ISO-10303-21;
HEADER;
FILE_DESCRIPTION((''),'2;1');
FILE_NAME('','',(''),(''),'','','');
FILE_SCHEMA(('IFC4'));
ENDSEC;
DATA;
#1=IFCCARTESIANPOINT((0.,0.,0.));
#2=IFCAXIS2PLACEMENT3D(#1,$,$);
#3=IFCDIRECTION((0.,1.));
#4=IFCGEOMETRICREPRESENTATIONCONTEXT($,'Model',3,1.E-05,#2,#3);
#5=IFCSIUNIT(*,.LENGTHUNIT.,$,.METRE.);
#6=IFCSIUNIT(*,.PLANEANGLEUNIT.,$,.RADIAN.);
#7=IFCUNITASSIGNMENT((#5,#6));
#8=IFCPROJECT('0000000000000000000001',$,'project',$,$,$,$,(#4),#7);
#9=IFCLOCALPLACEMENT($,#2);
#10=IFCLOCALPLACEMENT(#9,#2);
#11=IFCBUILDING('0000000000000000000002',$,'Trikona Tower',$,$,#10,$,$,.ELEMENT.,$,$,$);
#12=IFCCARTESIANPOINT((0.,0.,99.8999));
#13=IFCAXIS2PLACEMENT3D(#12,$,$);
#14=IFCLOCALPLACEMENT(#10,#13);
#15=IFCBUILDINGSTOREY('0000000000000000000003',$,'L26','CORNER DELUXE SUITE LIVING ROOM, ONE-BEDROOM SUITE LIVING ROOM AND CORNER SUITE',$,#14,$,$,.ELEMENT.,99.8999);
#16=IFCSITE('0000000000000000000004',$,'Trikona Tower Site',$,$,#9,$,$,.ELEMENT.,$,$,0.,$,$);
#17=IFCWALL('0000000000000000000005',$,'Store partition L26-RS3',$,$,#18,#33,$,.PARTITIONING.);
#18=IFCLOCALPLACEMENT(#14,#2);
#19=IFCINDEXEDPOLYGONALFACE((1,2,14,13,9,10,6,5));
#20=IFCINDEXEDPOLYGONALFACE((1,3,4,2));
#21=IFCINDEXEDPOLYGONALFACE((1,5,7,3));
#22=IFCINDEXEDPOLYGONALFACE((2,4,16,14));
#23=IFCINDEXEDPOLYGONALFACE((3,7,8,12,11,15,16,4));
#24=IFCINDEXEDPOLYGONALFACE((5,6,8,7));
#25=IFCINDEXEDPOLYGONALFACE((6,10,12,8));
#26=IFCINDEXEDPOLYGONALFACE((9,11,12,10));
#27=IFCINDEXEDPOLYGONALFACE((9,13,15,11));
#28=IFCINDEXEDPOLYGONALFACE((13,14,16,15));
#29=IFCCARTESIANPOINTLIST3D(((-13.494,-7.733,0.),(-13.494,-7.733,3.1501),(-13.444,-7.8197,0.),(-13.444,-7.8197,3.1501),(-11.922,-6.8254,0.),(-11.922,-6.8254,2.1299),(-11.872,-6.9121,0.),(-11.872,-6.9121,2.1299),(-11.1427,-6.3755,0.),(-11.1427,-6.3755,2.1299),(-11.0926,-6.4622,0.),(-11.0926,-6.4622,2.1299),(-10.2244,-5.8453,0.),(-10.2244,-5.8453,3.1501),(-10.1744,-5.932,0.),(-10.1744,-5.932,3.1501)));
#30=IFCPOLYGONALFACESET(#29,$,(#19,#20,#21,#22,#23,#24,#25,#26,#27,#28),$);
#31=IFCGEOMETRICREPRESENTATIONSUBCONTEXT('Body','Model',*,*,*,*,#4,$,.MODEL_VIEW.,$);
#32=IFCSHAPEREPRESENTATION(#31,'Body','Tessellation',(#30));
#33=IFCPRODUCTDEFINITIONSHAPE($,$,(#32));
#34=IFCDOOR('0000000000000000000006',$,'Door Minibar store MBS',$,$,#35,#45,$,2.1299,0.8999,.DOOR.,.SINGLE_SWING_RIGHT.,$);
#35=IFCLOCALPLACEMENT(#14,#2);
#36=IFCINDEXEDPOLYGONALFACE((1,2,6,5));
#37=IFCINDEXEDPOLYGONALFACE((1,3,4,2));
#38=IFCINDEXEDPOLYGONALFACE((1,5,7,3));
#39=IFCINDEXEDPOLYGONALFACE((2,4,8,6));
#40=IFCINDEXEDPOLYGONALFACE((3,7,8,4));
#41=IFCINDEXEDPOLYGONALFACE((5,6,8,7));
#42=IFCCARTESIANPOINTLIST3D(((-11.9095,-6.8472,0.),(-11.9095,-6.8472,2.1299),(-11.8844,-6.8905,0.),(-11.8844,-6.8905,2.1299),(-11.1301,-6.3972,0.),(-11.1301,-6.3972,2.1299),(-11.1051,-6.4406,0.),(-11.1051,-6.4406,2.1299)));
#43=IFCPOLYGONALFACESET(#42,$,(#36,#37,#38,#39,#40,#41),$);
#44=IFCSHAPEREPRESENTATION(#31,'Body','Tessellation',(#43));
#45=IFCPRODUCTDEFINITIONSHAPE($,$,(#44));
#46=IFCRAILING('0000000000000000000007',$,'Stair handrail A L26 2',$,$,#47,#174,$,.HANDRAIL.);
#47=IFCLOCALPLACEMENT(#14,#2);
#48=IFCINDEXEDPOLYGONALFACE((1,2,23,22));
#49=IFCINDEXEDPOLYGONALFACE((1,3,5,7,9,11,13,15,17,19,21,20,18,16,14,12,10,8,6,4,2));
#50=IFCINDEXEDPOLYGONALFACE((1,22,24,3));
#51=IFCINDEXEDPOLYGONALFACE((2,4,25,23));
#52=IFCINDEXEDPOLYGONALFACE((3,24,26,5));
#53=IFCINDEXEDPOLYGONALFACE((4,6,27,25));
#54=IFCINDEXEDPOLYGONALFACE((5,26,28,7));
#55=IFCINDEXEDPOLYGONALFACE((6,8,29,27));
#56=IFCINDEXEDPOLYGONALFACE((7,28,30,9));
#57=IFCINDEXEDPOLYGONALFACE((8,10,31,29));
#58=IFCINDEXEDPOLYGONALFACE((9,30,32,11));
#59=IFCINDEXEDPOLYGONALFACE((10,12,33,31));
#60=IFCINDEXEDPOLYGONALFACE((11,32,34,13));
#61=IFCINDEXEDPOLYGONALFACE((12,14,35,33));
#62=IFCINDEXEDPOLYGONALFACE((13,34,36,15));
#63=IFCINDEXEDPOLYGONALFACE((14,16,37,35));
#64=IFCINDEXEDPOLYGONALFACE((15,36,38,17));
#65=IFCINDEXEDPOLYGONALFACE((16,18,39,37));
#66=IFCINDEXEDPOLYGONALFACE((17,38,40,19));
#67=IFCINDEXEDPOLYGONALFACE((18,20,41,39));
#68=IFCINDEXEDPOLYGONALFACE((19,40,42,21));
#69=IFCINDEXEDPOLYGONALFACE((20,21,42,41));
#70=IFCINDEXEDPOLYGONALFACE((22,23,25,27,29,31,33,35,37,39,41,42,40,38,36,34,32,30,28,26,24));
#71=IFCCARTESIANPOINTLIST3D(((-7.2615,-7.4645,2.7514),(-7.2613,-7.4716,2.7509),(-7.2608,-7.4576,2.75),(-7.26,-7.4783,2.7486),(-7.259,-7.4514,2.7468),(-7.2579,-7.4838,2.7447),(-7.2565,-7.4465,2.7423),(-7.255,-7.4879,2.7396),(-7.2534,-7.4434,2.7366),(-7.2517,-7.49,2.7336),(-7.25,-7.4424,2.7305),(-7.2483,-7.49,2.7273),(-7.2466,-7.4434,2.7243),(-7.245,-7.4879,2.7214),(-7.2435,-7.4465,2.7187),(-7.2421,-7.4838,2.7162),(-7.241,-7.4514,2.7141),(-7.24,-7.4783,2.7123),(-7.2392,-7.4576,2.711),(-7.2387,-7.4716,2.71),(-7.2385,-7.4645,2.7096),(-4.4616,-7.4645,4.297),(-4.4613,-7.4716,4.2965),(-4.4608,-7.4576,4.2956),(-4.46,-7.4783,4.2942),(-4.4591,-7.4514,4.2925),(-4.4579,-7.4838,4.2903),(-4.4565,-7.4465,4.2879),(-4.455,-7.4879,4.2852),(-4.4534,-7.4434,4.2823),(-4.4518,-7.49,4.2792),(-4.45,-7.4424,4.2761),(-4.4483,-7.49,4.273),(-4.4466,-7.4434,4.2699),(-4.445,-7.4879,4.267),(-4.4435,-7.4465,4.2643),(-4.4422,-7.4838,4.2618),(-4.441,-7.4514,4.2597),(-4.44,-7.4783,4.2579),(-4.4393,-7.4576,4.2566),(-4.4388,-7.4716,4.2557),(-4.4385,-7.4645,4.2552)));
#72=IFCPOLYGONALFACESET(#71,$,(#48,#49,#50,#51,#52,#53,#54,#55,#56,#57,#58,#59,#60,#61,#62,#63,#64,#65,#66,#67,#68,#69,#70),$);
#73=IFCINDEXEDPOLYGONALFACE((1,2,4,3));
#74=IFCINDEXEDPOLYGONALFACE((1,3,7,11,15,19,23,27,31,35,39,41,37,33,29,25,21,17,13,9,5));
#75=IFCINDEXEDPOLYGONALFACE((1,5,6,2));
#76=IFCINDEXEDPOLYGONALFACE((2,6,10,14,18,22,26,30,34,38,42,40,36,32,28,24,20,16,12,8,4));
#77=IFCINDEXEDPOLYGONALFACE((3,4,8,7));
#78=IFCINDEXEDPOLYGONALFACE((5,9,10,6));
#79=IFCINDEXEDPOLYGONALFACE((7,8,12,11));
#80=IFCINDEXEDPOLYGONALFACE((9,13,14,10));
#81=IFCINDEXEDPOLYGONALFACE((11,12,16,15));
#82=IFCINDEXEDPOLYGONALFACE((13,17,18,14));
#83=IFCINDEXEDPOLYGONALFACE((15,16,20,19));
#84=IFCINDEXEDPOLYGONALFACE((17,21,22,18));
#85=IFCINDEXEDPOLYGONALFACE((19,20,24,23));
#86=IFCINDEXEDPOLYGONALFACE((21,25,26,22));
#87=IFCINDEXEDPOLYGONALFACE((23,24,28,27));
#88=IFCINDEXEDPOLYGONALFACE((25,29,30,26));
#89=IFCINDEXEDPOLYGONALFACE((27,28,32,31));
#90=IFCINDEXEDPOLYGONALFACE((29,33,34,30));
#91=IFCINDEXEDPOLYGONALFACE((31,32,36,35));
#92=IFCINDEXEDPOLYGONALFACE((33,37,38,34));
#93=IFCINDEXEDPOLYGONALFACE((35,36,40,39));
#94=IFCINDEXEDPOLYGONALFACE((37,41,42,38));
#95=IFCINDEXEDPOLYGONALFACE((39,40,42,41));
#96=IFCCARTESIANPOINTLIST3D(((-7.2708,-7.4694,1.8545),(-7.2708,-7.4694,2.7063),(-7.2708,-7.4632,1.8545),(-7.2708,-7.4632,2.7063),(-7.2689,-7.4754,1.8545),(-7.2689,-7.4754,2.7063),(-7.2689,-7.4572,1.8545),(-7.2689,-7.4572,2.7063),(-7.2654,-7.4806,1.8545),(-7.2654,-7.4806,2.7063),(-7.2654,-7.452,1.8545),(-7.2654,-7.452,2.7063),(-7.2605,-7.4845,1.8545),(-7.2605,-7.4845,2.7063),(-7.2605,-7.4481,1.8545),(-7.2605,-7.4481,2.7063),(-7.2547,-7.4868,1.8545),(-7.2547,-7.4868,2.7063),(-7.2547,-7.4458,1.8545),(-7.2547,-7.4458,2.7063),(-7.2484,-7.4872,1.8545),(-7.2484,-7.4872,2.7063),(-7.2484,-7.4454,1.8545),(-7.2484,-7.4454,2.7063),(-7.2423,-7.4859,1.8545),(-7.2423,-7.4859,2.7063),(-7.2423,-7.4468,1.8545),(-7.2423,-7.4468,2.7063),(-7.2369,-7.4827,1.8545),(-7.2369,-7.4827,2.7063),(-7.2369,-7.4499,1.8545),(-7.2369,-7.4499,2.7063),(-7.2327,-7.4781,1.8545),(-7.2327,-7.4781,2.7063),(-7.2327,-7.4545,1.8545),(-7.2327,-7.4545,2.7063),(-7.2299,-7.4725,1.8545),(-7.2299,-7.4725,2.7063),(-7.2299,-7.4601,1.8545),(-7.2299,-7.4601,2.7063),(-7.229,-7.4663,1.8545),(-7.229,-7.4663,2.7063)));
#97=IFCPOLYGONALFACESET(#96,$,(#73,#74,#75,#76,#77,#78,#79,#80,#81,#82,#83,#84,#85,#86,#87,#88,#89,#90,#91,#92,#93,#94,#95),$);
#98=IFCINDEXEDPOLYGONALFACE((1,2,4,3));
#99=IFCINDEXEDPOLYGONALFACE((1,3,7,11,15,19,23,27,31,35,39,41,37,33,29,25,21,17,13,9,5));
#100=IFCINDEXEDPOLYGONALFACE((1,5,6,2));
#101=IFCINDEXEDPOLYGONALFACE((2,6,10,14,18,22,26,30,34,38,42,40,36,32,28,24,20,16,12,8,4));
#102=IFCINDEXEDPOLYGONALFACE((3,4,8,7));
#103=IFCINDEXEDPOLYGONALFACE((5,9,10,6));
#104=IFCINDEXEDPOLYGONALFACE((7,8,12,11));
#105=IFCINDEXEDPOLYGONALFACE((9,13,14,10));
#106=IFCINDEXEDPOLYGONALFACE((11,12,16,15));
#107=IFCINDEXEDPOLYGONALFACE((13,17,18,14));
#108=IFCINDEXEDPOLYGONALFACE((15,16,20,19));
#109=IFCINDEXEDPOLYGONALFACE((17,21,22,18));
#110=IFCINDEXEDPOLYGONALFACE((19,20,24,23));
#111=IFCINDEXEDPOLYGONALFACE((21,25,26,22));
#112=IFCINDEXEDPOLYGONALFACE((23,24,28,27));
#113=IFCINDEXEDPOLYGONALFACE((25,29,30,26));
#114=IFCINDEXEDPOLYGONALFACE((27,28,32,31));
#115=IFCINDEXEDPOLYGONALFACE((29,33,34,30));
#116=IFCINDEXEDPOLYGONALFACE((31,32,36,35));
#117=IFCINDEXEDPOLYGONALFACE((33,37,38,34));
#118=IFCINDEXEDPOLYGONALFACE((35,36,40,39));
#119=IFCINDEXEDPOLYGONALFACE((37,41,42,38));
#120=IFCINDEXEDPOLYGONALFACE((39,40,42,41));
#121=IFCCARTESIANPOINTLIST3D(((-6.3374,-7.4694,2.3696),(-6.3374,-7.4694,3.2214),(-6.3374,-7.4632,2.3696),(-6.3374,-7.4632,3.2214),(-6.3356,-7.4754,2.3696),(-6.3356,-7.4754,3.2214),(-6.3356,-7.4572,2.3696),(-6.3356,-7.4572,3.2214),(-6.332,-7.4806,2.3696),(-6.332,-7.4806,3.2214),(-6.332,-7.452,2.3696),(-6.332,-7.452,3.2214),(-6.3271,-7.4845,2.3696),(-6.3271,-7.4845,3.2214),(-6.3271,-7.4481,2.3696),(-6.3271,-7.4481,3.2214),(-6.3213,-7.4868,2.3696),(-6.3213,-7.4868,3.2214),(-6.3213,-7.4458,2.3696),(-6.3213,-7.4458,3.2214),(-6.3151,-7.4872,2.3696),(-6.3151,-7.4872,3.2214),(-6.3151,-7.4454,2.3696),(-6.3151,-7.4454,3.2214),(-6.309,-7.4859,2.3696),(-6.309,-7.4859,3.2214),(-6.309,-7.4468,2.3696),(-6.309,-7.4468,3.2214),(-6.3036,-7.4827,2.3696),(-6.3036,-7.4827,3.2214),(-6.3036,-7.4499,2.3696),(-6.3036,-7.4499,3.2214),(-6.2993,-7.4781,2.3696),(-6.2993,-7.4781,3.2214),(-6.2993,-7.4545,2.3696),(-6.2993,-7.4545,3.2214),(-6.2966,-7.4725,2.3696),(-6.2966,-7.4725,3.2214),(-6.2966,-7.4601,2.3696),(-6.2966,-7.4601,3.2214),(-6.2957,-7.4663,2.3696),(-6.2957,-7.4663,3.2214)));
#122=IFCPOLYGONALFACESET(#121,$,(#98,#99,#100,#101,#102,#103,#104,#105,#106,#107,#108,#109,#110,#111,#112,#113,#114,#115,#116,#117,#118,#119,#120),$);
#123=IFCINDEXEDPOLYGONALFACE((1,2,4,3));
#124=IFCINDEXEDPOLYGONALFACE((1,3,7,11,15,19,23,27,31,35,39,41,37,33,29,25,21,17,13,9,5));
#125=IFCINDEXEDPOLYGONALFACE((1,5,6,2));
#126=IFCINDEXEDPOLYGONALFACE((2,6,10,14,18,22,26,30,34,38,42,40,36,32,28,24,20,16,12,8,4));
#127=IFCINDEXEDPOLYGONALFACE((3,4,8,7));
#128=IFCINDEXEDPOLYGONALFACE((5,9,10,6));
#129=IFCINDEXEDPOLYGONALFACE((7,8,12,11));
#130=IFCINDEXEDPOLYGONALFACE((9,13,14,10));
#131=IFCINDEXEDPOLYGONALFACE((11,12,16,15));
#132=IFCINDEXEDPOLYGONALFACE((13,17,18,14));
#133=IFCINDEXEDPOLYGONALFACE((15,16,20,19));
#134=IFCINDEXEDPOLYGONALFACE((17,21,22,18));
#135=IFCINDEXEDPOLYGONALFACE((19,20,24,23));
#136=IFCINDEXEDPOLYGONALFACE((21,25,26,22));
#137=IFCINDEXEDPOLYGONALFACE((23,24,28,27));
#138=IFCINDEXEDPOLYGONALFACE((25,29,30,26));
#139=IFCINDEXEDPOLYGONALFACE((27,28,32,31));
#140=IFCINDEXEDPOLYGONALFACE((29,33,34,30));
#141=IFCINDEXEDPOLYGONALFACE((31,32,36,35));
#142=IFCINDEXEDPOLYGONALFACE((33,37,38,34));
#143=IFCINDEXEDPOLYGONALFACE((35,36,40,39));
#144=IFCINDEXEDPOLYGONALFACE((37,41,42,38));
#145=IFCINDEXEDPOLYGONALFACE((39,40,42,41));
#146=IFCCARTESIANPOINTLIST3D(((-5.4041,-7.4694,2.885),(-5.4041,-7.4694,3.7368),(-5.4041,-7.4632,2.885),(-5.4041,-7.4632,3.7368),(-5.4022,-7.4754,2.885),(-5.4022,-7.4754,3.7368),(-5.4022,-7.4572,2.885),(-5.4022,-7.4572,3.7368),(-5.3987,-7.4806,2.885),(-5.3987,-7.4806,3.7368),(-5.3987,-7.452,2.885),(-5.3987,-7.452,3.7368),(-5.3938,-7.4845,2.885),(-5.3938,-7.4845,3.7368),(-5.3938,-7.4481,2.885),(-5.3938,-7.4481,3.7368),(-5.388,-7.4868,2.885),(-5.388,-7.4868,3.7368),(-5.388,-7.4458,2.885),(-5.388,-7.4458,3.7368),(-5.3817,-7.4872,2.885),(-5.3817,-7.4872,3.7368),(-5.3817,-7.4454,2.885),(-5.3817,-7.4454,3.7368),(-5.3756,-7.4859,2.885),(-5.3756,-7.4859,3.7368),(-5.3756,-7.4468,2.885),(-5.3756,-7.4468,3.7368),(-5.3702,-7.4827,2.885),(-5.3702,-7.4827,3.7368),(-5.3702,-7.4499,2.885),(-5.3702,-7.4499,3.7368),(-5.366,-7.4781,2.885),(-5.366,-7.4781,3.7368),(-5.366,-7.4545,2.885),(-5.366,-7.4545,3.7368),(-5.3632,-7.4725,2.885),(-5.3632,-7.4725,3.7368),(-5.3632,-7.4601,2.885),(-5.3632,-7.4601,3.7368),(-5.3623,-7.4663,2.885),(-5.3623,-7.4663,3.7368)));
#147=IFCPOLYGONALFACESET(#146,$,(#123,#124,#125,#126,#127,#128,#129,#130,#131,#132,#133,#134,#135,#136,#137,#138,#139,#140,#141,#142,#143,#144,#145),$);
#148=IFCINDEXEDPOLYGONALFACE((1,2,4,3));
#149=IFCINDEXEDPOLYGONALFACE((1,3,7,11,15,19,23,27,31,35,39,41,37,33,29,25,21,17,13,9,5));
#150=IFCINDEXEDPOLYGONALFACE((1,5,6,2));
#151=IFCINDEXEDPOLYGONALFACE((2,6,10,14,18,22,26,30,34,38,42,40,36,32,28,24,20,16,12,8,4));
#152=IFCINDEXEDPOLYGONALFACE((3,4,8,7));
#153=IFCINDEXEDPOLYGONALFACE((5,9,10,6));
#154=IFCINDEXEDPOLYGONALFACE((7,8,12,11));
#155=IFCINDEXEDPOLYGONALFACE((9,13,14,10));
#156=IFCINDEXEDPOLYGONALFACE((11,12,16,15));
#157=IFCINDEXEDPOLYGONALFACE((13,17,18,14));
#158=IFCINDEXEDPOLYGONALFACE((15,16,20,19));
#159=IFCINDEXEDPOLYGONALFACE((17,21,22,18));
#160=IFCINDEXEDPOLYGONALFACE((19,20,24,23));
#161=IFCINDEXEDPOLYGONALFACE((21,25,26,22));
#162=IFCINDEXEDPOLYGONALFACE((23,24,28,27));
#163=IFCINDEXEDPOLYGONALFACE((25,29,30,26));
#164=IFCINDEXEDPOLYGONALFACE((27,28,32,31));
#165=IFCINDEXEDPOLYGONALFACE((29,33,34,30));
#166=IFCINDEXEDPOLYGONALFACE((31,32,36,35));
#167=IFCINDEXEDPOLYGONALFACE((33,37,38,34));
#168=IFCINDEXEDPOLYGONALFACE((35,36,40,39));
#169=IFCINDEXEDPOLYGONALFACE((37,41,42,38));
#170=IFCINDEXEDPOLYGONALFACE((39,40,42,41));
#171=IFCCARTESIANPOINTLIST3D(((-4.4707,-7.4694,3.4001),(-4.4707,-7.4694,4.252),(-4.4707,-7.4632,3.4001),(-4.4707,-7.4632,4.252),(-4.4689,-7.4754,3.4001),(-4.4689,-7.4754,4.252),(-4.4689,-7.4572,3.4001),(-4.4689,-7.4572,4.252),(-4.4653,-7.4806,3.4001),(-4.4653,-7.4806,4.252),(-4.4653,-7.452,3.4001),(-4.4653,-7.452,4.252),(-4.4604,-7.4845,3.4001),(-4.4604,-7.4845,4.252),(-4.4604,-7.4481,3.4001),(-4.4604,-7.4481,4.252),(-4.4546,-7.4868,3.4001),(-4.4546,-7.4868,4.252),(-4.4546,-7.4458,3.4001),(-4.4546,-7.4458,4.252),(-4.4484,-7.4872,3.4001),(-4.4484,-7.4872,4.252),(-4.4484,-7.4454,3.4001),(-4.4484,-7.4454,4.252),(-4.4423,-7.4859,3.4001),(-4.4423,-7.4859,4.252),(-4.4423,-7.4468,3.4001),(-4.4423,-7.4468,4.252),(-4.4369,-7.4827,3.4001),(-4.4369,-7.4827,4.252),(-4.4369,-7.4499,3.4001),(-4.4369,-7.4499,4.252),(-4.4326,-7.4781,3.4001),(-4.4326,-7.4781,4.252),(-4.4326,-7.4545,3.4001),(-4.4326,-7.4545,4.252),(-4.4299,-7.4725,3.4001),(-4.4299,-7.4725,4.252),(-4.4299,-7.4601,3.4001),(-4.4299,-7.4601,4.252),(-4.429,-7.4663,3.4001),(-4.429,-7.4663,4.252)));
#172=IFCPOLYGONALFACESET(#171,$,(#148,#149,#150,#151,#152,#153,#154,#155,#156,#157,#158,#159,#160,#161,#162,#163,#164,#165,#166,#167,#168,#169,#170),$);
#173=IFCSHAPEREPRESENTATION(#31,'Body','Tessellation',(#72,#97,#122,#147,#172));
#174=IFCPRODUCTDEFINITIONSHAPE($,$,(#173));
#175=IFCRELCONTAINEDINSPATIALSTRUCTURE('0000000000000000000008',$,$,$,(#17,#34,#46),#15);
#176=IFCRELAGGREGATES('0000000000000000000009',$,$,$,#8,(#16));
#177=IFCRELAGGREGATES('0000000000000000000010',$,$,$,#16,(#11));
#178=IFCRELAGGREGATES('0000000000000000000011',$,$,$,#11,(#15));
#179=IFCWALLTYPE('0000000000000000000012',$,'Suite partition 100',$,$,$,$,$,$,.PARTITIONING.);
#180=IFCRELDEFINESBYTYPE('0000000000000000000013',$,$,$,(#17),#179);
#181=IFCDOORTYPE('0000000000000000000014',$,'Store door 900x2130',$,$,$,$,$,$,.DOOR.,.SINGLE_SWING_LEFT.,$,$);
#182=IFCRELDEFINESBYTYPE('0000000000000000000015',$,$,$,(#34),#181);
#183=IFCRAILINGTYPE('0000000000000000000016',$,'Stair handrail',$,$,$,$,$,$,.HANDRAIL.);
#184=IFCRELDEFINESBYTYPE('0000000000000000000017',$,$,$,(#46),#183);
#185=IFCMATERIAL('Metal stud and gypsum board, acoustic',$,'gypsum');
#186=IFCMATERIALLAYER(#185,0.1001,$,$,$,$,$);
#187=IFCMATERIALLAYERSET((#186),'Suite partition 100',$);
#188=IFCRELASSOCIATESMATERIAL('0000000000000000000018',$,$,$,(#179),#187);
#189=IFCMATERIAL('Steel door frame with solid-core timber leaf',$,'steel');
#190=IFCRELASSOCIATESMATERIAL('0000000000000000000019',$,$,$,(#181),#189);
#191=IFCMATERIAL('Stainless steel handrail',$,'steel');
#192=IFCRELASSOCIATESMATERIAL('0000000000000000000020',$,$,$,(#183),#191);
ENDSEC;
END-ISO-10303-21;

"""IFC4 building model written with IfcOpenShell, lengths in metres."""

from ifc_helpers import new_model, si_unit, direction, frame, frame_2d, origin, origin_2d, place, context, subcontext, project, spatial, rectangle, circle, extrude, material, layer, layer_set, type_object, element, fill, save


model = new_model("IFC4")

# Units and contexts
model_context = context("Model", 3, precision=1e-05, world=origin(), true_north=direction((0.0, 1.0)))
body_context = subcontext(model_context, "Body", "Model", "MODEL_VIEW")
ifc_project = project(units=[si_unit("LENGTHUNIT", "METRE"), si_unit("PLANEANGLEUNIT", "RADIAN")], contexts=[model_context])

# Site, building, storey
site_placement = place(None, origin())
site = spatial("IfcSite", under=ifc_project, at=site_placement, Name="Trikona Tower Site", CompositionType="ELEMENT", RefElevation=0.0)
building_placement = place(site_placement, origin())
building = spatial("IfcBuilding", under=site, at=building_placement, Name="Trikona Tower", CompositionType="ELEMENT")
storey_placement = place(building_placement, frame((0.0, 0.0, 99.8999)))
storey = spatial("IfcBuildingStorey", under=building, at=storey_placement, Name="L26", Description="CORNER DELUXE SUITE LIVING ROOM, ONE-BEDROOM SUITE LIVING ROOM AND CORNER SUITE", CompositionType="ELEMENT", Elevation=99.8999)

# Wall, opening, door
ifc_material_1 = material(Name="Metal stud and gypsum board, acoustic", Category="gypsum")
ifc_layer_1 = layer(ifc_material_1, 0.1001)
ifc_layer_set_1 = layer_set([ifc_layer_1], Name="Suite partition 100")
wall_type_1 = type_object("IfcWallType", Name="Suite partition 100", PredefinedType="PARTITIONING", material=ifc_layer_set_1)
wall_1_placement = place(storey_placement, frame((-13.469, -7.7764, 0.0), z_axis=(0.0, 0.0, 1.0), x_axis=(0.866022, 0.500006, 0.0)))
wall_1 = element("IfcWall", 1, at=wall_1_placement, inside=storey, type_object=wall_type_1, Name="Store partition L26-RS3", PredefinedType="PARTITIONING", context=body_context, shape_type="SweptSolid", body=[
    extrude(rectangle(XDim=3.7754, YDim=0.1001, at=frame_2d((1.8877, 0.0))), origin(), (0.0, 0.0, 1.0), 3.1501),
])
opening_1_placement = place(wall_1_placement, frame((1.8152, 0.0, 0.0)))
opening_1 = element("IfcOpeningElement", 2, at=opening_1_placement, cuts=wall_1, PredefinedType="OPENING", context=body_context, shape_type="SweptSolid", body=[
    extrude(rectangle(XDim=0.8999, YDim=2.1299, at=frame_2d((0.45, 1.0649))), frame((0.0, 0.0601, 0.0), z_axis=(0.0, -1.0, 0.0), x_axis=(1.0, 0.0, 0.0)), (0.0, 0.0, 1.0), 0.1201),
])
ifc_material_2 = material(Name="Steel door frame with solid-core timber leaf", Category="steel")
door_type_1 = type_object("IfcDoorType", Name="Store door 900x2130", OperationType="SINGLE_SWING_LEFT", PredefinedType="DOOR", material=ifc_material_2)
door_1_placement = place(opening_1_placement, origin())
door_1 = element("IfcDoor", 3, at=door_1_placement, inside=storey, type_object=door_type_1, Name="Door Minibar store MBS", OperationType="SINGLE_SWING_RIGHT", OverallHeight=2.1299, OverallWidth=0.8999, PredefinedType="DOOR", context=body_context, shape_type="SweptSolid", body=[
    extrude(rectangle(XDim=0.8999, YDim=2.1299, at=frame_2d((0.45, 1.0649))), frame((0.0, 0.0249, 0.0), z_axis=(0.0, -1.0, 0.0), x_axis=(1.0, 0.0, 0.0)), (0.0, 0.0, 1.0), 0.05),
])
fill(opening_1, door_1)

# Railing
ifc_material_3 = material(Name="Stainless steel handrail", Category="steel")
railing_type = type_object("IfcRailingType", Name="Stair handrail", PredefinedType="HANDRAIL", material=ifc_material_3)
railing_placement = place(storey_placement, frame((-7.25, -7.4663, 1.8545)))
element("IfcRailing", 4, at=railing_placement, inside=storey, type_object=railing_type, Name="Stair handrail A L26 2", PredefinedType="HANDRAIL", context=body_context, shape_type="SweptSolid", body=[
    extrude(circle(Radius=0.0239, at=origin_2d()), frame((0.0, 0.0, 0.876), z_axis=(0.875472, 0.0, 0.483269), x_axis=(0.0, 1.0, 0.0)), (0.0, 0.0, 1.0), 3.1982),
    extrude(circle(Radius=0.021, at=origin_2d()), origin(), (0.0, 0.0, 1.0), 0.8518),
    extrude(circle(Radius=0.021, at=origin_2d()), frame((0.9333, 0.0, 0.5151)), (0.0, 0.0, 1.0), 0.8518),
    extrude(circle(Radius=0.021, at=origin_2d()), frame((1.8667, 0.0, 1.0305)), (0.0, 0.0, 1.0), 0.8518),
    extrude(circle(Radius=0.021, at=origin_2d()), frame((2.8, 0.0, 1.5457)), (0.0, 0.0, 1.0), 0.8518),
])

save(model, "model.ifc")
